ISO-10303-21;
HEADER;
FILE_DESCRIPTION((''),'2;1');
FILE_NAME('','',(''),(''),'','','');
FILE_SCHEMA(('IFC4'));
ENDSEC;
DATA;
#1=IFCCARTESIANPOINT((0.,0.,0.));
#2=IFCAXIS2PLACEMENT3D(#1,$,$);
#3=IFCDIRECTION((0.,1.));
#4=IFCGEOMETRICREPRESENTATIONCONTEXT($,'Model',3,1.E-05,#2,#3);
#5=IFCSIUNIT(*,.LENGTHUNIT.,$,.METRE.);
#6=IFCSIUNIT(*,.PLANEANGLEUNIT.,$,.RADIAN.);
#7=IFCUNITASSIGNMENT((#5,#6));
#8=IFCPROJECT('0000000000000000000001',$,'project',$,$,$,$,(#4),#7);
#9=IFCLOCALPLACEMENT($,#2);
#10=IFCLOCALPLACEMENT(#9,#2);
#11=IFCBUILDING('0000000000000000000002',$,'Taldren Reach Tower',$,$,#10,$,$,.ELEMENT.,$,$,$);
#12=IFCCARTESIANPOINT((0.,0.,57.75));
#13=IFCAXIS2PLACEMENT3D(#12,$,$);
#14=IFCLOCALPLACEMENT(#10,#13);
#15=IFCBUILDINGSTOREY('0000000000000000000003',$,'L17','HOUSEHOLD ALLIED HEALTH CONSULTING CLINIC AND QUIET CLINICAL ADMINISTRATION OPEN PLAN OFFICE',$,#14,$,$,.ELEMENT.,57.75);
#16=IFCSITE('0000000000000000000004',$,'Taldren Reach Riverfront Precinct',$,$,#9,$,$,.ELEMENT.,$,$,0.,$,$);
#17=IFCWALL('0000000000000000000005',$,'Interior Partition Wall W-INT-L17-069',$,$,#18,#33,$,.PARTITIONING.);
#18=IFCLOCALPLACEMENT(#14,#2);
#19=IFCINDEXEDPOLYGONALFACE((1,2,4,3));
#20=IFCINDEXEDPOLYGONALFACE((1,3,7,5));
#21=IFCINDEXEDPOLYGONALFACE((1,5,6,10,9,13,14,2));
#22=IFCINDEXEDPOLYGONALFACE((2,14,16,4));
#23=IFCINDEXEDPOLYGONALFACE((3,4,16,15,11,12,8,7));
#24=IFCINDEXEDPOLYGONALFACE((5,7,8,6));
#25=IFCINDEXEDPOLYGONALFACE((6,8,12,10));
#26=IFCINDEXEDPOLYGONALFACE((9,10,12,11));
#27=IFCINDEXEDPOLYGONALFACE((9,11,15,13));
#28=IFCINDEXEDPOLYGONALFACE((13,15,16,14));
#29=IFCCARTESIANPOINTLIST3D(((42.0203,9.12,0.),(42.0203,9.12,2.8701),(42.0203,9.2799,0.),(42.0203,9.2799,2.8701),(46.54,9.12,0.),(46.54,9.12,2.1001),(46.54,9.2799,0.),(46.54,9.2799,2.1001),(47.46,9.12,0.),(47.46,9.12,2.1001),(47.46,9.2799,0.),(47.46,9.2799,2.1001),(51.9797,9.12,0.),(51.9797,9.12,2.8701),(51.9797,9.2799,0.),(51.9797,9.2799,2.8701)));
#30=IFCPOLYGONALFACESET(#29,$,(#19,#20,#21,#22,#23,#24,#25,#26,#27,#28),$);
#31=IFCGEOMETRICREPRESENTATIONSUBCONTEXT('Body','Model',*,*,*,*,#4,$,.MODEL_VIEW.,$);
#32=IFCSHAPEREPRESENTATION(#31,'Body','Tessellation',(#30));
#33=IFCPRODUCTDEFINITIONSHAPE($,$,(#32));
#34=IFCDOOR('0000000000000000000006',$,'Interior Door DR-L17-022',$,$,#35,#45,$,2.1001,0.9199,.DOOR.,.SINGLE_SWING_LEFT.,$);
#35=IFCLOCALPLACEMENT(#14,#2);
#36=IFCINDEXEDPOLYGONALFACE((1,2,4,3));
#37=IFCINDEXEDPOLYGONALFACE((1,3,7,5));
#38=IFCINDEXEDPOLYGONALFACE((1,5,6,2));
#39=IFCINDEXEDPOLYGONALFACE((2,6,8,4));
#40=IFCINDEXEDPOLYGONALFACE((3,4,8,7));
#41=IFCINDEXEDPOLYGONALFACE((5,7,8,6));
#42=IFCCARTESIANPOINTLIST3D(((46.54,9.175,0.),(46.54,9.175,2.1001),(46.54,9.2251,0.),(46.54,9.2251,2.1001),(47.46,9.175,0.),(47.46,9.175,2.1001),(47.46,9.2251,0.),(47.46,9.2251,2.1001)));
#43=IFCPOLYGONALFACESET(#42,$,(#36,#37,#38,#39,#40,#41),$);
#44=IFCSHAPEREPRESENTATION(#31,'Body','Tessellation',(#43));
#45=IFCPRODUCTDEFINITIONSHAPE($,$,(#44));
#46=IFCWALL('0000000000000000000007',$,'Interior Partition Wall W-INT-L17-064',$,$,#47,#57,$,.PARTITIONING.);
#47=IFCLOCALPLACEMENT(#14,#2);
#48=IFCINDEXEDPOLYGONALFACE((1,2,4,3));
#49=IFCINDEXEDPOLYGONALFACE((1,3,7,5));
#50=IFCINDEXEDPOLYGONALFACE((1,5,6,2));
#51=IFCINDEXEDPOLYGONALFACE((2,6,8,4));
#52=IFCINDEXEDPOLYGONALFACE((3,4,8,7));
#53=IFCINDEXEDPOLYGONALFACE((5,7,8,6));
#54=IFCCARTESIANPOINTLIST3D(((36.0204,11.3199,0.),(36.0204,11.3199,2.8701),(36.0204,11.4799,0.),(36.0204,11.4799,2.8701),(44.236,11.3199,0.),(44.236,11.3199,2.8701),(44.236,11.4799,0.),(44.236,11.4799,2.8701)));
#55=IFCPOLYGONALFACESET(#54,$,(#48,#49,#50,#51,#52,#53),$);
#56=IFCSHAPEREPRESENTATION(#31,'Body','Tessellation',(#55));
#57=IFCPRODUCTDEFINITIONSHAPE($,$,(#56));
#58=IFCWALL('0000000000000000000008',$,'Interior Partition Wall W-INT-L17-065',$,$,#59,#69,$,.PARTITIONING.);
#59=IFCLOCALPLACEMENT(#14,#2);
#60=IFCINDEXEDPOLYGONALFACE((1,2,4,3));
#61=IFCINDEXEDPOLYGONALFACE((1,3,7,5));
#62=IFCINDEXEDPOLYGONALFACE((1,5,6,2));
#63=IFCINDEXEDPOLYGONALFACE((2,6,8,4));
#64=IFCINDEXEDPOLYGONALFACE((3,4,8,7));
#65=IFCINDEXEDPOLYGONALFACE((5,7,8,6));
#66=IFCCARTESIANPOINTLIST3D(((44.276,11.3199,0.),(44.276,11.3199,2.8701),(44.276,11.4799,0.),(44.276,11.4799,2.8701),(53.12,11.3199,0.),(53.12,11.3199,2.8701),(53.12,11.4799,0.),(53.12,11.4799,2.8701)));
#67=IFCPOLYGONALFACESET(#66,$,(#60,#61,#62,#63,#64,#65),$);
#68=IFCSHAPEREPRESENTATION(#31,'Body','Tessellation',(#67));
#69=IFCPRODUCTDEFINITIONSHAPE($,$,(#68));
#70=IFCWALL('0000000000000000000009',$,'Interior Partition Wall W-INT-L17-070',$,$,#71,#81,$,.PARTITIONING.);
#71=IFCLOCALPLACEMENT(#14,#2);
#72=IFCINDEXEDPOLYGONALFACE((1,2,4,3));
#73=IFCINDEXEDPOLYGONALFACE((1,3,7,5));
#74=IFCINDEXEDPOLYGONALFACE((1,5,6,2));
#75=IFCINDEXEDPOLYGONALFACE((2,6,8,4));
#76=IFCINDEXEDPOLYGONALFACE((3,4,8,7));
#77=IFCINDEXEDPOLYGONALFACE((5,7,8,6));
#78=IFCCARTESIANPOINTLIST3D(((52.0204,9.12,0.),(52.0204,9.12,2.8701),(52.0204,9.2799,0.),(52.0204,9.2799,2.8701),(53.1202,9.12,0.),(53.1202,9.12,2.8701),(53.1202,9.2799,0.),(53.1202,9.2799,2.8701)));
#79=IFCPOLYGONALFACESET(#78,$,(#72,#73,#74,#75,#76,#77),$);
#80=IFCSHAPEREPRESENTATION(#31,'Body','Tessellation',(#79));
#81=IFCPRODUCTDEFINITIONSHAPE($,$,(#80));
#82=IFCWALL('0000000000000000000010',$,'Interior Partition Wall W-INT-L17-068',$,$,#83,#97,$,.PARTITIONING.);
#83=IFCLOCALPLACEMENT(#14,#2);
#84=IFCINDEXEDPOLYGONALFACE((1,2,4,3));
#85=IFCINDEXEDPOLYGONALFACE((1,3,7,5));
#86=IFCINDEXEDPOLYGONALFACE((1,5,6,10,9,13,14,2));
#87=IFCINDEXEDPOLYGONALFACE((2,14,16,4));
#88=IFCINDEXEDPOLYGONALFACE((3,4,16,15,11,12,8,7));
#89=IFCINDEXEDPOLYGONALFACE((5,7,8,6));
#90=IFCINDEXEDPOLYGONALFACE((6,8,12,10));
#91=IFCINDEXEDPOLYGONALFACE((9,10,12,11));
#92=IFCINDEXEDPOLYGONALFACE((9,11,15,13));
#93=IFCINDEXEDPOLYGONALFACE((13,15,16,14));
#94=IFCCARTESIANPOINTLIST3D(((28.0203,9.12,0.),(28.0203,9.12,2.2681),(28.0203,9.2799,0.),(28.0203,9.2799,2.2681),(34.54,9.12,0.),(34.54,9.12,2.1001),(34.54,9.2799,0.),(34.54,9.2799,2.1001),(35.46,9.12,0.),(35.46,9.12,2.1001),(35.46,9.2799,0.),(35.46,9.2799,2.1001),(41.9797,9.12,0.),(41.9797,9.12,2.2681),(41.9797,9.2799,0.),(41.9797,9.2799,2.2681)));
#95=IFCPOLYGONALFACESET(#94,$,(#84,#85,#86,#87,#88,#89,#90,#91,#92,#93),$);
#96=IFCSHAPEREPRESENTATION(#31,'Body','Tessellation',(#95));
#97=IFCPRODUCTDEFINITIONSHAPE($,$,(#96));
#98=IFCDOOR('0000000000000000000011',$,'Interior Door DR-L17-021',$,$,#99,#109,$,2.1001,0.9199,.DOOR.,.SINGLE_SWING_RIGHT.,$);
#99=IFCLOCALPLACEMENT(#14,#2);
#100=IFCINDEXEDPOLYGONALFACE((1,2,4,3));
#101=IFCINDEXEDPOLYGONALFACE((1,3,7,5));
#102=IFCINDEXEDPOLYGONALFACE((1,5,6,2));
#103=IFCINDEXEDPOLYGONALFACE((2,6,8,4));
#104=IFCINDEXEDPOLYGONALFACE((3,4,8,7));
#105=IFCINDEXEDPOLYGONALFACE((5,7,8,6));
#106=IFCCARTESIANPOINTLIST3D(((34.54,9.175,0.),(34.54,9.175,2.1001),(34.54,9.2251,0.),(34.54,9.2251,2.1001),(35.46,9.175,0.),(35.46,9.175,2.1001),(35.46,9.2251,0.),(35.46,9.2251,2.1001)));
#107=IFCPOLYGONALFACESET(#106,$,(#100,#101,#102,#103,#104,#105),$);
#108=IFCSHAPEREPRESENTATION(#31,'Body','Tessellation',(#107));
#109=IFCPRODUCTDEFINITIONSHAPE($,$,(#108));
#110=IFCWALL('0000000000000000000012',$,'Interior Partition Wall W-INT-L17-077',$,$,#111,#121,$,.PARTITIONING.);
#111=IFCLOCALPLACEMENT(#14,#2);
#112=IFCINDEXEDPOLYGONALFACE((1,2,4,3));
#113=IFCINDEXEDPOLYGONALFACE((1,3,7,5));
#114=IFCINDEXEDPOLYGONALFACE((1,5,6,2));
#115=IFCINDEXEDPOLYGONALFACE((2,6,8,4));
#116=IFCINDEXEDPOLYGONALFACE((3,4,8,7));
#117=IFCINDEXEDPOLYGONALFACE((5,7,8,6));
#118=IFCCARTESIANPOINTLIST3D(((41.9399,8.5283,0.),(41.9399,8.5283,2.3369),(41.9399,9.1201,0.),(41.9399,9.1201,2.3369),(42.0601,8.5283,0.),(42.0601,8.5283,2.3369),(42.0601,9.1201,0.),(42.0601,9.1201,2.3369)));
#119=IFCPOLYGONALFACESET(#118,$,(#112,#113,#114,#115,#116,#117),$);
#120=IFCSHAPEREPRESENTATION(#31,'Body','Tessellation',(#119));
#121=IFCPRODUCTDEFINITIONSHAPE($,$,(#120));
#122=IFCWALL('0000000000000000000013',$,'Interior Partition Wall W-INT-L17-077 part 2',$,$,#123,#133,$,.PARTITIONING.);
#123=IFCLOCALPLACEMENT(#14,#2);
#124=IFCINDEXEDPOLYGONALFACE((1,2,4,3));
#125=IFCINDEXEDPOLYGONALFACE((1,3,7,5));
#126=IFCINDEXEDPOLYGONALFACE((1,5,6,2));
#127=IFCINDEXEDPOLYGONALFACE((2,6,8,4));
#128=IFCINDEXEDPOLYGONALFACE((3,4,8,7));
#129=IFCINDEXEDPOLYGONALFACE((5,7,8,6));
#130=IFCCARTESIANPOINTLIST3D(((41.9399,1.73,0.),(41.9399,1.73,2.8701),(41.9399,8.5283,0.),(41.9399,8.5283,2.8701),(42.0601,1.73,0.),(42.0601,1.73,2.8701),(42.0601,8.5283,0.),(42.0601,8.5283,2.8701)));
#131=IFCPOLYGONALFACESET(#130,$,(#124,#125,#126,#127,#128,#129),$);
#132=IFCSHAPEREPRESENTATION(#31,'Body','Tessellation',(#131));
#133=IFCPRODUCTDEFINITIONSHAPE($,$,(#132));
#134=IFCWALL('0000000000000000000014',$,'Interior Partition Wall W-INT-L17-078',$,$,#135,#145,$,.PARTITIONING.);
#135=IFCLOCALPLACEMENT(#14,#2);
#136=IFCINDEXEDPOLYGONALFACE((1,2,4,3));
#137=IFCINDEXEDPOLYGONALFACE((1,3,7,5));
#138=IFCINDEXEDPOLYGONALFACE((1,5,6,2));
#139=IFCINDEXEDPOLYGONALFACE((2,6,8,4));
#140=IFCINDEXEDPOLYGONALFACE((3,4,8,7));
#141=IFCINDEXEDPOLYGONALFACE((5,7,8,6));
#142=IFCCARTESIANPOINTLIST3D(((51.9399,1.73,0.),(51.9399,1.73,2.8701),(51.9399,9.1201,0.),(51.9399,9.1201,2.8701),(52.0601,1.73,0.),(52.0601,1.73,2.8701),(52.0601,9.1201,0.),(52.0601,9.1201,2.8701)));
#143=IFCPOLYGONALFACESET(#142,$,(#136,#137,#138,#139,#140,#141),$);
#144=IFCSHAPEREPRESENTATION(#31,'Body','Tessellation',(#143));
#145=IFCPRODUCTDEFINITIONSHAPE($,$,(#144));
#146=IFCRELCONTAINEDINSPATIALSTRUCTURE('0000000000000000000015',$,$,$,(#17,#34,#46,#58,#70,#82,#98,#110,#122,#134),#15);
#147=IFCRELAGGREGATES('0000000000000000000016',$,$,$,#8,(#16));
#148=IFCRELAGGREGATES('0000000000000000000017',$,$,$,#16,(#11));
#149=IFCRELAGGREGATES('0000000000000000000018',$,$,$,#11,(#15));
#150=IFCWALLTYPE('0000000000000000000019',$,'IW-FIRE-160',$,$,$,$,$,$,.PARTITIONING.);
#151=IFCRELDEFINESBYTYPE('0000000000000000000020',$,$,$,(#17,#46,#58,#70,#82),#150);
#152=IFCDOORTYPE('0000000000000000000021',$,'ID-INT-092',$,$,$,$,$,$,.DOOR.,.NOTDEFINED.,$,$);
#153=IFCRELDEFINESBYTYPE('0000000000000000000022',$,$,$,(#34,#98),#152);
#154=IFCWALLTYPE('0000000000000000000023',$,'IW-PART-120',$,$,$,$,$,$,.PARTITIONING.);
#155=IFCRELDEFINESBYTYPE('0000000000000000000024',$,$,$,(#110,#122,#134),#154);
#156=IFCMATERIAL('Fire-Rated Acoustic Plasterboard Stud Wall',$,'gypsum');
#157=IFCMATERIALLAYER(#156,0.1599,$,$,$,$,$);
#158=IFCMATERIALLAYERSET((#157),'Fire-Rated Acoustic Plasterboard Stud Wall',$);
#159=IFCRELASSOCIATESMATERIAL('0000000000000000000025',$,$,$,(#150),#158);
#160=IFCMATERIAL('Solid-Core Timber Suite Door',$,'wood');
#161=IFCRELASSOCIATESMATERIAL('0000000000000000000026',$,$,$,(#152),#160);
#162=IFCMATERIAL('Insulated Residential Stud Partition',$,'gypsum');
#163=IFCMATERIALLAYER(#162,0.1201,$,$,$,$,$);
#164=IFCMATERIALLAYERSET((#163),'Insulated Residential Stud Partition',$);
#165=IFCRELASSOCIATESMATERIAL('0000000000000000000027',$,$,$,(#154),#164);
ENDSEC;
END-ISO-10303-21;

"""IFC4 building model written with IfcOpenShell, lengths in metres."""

from ifc_helpers import new_model, si_unit, direction, frame, frame_2d, origin, place, context, subcontext, project, spatial, rectangle, extrude, source, transform, mapped, material, layer, layer_set, type_object, element, fill, save


model = new_model("IFC4")

# Units and contexts
model_context = context("Model", 3, precision=1e-05, world=origin(), true_north=direction((0.0, 1.0)))
body_context = subcontext(model_context, "Body", "Model", "MODEL_VIEW")
ifc_project = project(units=[si_unit("LENGTHUNIT", "METRE"), si_unit("PLANEANGLEUNIT", "RADIAN")], contexts=[model_context])

# Site, building, storey
site_placement = place(None, origin())
site = spatial("IfcSite", under=ifc_project, at=site_placement, Name="Taldren Reach Riverfront Precinct", CompositionType="ELEMENT", RefElevation=0.0)
building_placement = place(site_placement, origin())
building = spatial("IfcBuilding", under=site, at=building_placement, Name="Taldren Reach Tower", CompositionType="ELEMENT")
storey_placement = place(building_placement, frame((0.0, 0.0, 57.75)))
storey = spatial("IfcBuildingStorey", under=building, at=storey_placement, Name="L17", Description="HOUSEHOLD ALLIED HEALTH CONSULTING CLINIC AND QUIET CLINICAL ADMINISTRATION OPEN PLAN OFFICE", CompositionType="ELEMENT", Elevation=57.75)

# Wall, opening, door
ifc_material_1 = material(Name="Fire-Rated Acoustic Plasterboard Stud Wall", Category="gypsum")
ifc_layer_1 = layer(ifc_material_1, 0.1599)
ifc_layer_set_1 = layer_set([ifc_layer_1], Name="Fire-Rated Acoustic Plasterboard Stud Wall")
wall_type_1 = type_object("IfcWallType", Name="IW-FIRE-160", PredefinedType="PARTITIONING", material=ifc_layer_set_1)
shared_shape_1 = source(origin(), body_context, "Body", "SweptSolid", [
    extrude(rectangle(XDim=9.9595, YDim=0.1599, at=frame_2d((4.9797, 0.0))), origin(), (0.0, 0.0, 1.0), 2.8701),
])
wall_1_placement = place(storey_placement, frame((51.9797, 9.2, 0.0), z_axis=(0.0, 0.0, 1.0), x_axis=(-1.0, 0.0, 0.0)))
wall_1 = element("IfcWall", 1, at=wall_1_placement, inside=storey, type_object=wall_type_1, Name="Interior Partition Wall W-INT-L17-069", PredefinedType="PARTITIONING", context=body_context, shape_type="MappedRepresentation", body=[
    mapped(shared_shape_1, transform((0.0, 0.0, 0.0), scale=1.0)),
])
shared_shape_2 = source(origin(), body_context, "Body", "SweptSolid", [
    extrude(rectangle(XDim=0.9199, YDim=2.1001, at=frame_2d((0.46, 1.05))), frame((0.0, 0.0898, 0.0), z_axis=(0.0, -1.0, 0.0), x_axis=(1.0, 0.0, 0.0)), (0.0, 0.0, 1.0), 0.1799),
])
opening_1_placement = place(wall_1_placement, frame((4.5198, 0.0, 0.0)))
opening_1 = element("IfcOpeningElement", 2, at=opening_1_placement, cuts=wall_1, PredefinedType="OPENING", context=body_context, shape_type="MappedRepresentation", body=[
    mapped(shared_shape_2, transform((0.0, 0.0, 0.0), scale=1.0)),
])
ifc_material_2 = material(Name="Solid-Core Timber Suite Door", Category="wood")
door_type = type_object("IfcDoorType", Name="ID-INT-092", OperationType="NOTDEFINED", PredefinedType="DOOR", material=ifc_material_2)
shared_shape_3 = source(origin(), body_context, "Body", "SweptSolid", [
    extrude(rectangle(XDim=0.9199, YDim=2.1001, at=frame_2d((0.46, 1.05))), frame((0.0, 0.0249, 0.0), z_axis=(0.0, -1.0, 0.0), x_axis=(1.0, 0.0, 0.0)), (0.0, 0.0, 1.0), 0.05),
])
door_1_placement = place(opening_1_placement, origin())
door_1 = element("IfcDoor", 3, at=door_1_placement, inside=storey, type_object=door_type, Name="Interior Door DR-L17-022", OperationType="SINGLE_SWING_LEFT", OverallHeight=2.1001, OverallWidth=0.9199, PredefinedType="DOOR", context=body_context, shape_type="MappedRepresentation", body=[
    mapped(shared_shape_3, transform((0.0, 0.0, 0.0), scale=1.0)),
])
fill(opening_1, door_1)

# Walls
shared_shape_4 = source(origin(), body_context, "Body", "SweptSolid", [
    extrude(rectangle(XDim=8.2156, YDim=0.1599, at=frame_2d((4.1079, 0.0))), origin(), (0.0, 0.0, 1.0), 2.8701),
])
wall_2_placement = place(storey_placement, frame((36.0203, 11.3999, 0.0), z_axis=(0.0, 0.0, 1.0), x_axis=(1.0, 0.0, 0.0)))
element("IfcWall", 4, at=wall_2_placement, inside=storey, type_object=wall_type_1, Name="Interior Partition Wall W-INT-L17-064", PredefinedType="PARTITIONING", context=body_context, shape_type="MappedRepresentation", body=[
    mapped(shared_shape_4, transform((0.0, 0.0, 0.0), scale=1.0)),
])
shared_shape_5 = source(origin(), body_context, "Body", "SweptSolid", [
    extrude(rectangle(XDim=8.844, YDim=0.1599, at=frame_2d((4.4219, 0.0))), origin(), (0.0, 0.0, 1.0), 2.8701),
])
wall_3_placement = place(storey_placement, frame((44.2761, 11.3999, 0.0), z_axis=(0.0, 0.0, 1.0), x_axis=(1.0, 0.0, 0.0)))
element("IfcWall", 5, at=wall_3_placement, inside=storey, type_object=wall_type_1, Name="Interior Partition Wall W-INT-L17-065", PredefinedType="PARTITIONING", context=body_context, shape_type="MappedRepresentation", body=[
    mapped(shared_shape_5, transform((0.0, 0.0, 0.0), scale=1.0)),
])
shared_shape_6 = source(origin(), body_context, "Body", "SweptSolid", [
    extrude(rectangle(XDim=1.0999, YDim=0.1599, at=frame_2d((0.5498, 0.0))), origin(), (0.0, 0.0, 1.0), 2.8701),
])
wall_4_placement = place(storey_placement, frame((53.1201, 9.2, 0.0), z_axis=(0.0, 0.0, 1.0), x_axis=(-1.0, 0.0, 0.0)))
element("IfcWall", 6, at=wall_4_placement, inside=storey, type_object=wall_type_1, Name="Interior Partition Wall W-INT-L17-070", PredefinedType="PARTITIONING", context=body_context, shape_type="MappedRepresentation", body=[
    mapped(shared_shape_6, transform((0.0, 0.0, 0.0), scale=1.0)),
])

# Wall, opening, door
shared_shape_7 = source(origin(), body_context, "Body", "SweptSolid", [
    extrude(rectangle(XDim=13.9595, YDim=0.1599, at=frame_2d((6.9797, 0.0))), origin(), (0.0, 0.0, 1.0), 2.2681),
])
wall_5_placement = place(storey_placement, frame((41.9797, 9.2, 0.0), z_axis=(0.0, 0.0, 1.0), x_axis=(-1.0, 0.0, 0.0)))
wall_5 = element("IfcWall", 7, at=wall_5_placement, inside=storey, type_object=wall_type_1, Name="Interior Partition Wall W-INT-L17-068", PredefinedType="PARTITIONING", context=body_context, shape_type="MappedRepresentation", body=[
    mapped(shared_shape_7, transform((0.0, 0.0, 0.0), scale=1.0)),
])
opening_2_placement = place(wall_5_placement, frame((6.5198, 0.0, 0.0)))
opening_2 = element("IfcOpeningElement", 8, at=opening_2_placement, cuts=wall_5, PredefinedType="OPENING", context=body_context, shape_type="MappedRepresentation", body=[
    mapped(shared_shape_2, transform((0.0, 0.0, 0.0), scale=1.0)),
])
door_2_placement = place(opening_2_placement, origin())
door_2 = element("IfcDoor", 9, at=door_2_placement, inside=storey, type_object=door_type, Name="Interior Door DR-L17-021", OperationType="SINGLE_SWING_RIGHT", OverallHeight=2.1001, OverallWidth=0.9199, PredefinedType="DOOR", context=body_context, shape_type="MappedRepresentation", body=[
    mapped(shared_shape_3, transform((0.0, 0.0, 0.0), scale=1.0)),
])
fill(opening_2, door_2)

# Walls
ifc_material_3 = material(Name="Insulated Residential Stud Partition", Category="gypsum")
ifc_layer_2 = layer(ifc_material_3, 0.1201)
ifc_layer_set_2 = layer_set([ifc_layer_2], Name="Insulated Residential Stud Partition")
wall_type_2 = type_object("IfcWallType", Name="IW-PART-120", PredefinedType="PARTITIONING", material=ifc_layer_set_2)
shared_shape_8 = source(origin(), body_context, "Body", "SweptSolid", [
    extrude(rectangle(XDim=0.5918, YDim=0.1201, at=frame_2d((0.2959, 0.0))), origin(), (0.0, 0.0, 1.0), 2.3369),
])
wall_6_placement = place(storey_placement, frame((42.0, 9.1201, 0.0), z_axis=(0.0, 0.0, 1.0), x_axis=(0.0, -1.0, 0.0)))
element("IfcWall", 10, at=wall_6_placement, inside=storey, type_object=wall_type_2, Name="Interior Partition Wall W-INT-L17-077", PredefinedType="PARTITIONING", context=body_context, shape_type="MappedRepresentation", body=[
    mapped(shared_shape_8, transform((0.0, 0.0, 0.0), scale=1.0)),
])
shared_shape_9 = source(origin(), body_context, "Body", "SweptSolid", [
    extrude(rectangle(XDim=6.7983, YDim=0.1201, at=frame_2d((3.3992, 0.0))), origin(), (0.0, 0.0, 1.0), 2.8701),
])
wall_7_placement = place(storey_placement, frame((42.0, 8.5283, 0.0), z_axis=(0.0, 0.0, 1.0), x_axis=(0.0, -1.0, 0.0)))
element("IfcWall", 11, at=wall_7_placement, inside=storey, type_object=wall_type_2, Name="Interior Partition Wall W-INT-L17-077 part 2", PredefinedType="PARTITIONING", context=body_context, shape_type="MappedRepresentation", body=[
    mapped(shared_shape_9, transform((0.0, 0.0, 0.0), scale=1.0)),
])
shared_shape_10 = source(origin(), body_context, "Body", "SweptSolid", [
    extrude(rectangle(XDim=7.3901, YDim=0.1201, at=frame_2d((3.6951, 0.0))), origin(), (0.0, 0.0, 1.0), 2.8701),
])
wall_8_placement = place(storey_placement, frame((52.0, 9.1201, 0.0), z_axis=(0.0, 0.0, 1.0), x_axis=(0.0, -1.0, 0.0)))
element("IfcWall", 12, at=wall_8_placement, inside=storey, type_object=wall_type_2, Name="Interior Partition Wall W-INT-L17-078", PredefinedType="PARTITIONING", context=body_context, shape_type="MappedRepresentation", body=[
    mapped(shared_shape_10, transform((0.0, 0.0, 0.0), scale=1.0)),
])

save(model, "model.ifc")
